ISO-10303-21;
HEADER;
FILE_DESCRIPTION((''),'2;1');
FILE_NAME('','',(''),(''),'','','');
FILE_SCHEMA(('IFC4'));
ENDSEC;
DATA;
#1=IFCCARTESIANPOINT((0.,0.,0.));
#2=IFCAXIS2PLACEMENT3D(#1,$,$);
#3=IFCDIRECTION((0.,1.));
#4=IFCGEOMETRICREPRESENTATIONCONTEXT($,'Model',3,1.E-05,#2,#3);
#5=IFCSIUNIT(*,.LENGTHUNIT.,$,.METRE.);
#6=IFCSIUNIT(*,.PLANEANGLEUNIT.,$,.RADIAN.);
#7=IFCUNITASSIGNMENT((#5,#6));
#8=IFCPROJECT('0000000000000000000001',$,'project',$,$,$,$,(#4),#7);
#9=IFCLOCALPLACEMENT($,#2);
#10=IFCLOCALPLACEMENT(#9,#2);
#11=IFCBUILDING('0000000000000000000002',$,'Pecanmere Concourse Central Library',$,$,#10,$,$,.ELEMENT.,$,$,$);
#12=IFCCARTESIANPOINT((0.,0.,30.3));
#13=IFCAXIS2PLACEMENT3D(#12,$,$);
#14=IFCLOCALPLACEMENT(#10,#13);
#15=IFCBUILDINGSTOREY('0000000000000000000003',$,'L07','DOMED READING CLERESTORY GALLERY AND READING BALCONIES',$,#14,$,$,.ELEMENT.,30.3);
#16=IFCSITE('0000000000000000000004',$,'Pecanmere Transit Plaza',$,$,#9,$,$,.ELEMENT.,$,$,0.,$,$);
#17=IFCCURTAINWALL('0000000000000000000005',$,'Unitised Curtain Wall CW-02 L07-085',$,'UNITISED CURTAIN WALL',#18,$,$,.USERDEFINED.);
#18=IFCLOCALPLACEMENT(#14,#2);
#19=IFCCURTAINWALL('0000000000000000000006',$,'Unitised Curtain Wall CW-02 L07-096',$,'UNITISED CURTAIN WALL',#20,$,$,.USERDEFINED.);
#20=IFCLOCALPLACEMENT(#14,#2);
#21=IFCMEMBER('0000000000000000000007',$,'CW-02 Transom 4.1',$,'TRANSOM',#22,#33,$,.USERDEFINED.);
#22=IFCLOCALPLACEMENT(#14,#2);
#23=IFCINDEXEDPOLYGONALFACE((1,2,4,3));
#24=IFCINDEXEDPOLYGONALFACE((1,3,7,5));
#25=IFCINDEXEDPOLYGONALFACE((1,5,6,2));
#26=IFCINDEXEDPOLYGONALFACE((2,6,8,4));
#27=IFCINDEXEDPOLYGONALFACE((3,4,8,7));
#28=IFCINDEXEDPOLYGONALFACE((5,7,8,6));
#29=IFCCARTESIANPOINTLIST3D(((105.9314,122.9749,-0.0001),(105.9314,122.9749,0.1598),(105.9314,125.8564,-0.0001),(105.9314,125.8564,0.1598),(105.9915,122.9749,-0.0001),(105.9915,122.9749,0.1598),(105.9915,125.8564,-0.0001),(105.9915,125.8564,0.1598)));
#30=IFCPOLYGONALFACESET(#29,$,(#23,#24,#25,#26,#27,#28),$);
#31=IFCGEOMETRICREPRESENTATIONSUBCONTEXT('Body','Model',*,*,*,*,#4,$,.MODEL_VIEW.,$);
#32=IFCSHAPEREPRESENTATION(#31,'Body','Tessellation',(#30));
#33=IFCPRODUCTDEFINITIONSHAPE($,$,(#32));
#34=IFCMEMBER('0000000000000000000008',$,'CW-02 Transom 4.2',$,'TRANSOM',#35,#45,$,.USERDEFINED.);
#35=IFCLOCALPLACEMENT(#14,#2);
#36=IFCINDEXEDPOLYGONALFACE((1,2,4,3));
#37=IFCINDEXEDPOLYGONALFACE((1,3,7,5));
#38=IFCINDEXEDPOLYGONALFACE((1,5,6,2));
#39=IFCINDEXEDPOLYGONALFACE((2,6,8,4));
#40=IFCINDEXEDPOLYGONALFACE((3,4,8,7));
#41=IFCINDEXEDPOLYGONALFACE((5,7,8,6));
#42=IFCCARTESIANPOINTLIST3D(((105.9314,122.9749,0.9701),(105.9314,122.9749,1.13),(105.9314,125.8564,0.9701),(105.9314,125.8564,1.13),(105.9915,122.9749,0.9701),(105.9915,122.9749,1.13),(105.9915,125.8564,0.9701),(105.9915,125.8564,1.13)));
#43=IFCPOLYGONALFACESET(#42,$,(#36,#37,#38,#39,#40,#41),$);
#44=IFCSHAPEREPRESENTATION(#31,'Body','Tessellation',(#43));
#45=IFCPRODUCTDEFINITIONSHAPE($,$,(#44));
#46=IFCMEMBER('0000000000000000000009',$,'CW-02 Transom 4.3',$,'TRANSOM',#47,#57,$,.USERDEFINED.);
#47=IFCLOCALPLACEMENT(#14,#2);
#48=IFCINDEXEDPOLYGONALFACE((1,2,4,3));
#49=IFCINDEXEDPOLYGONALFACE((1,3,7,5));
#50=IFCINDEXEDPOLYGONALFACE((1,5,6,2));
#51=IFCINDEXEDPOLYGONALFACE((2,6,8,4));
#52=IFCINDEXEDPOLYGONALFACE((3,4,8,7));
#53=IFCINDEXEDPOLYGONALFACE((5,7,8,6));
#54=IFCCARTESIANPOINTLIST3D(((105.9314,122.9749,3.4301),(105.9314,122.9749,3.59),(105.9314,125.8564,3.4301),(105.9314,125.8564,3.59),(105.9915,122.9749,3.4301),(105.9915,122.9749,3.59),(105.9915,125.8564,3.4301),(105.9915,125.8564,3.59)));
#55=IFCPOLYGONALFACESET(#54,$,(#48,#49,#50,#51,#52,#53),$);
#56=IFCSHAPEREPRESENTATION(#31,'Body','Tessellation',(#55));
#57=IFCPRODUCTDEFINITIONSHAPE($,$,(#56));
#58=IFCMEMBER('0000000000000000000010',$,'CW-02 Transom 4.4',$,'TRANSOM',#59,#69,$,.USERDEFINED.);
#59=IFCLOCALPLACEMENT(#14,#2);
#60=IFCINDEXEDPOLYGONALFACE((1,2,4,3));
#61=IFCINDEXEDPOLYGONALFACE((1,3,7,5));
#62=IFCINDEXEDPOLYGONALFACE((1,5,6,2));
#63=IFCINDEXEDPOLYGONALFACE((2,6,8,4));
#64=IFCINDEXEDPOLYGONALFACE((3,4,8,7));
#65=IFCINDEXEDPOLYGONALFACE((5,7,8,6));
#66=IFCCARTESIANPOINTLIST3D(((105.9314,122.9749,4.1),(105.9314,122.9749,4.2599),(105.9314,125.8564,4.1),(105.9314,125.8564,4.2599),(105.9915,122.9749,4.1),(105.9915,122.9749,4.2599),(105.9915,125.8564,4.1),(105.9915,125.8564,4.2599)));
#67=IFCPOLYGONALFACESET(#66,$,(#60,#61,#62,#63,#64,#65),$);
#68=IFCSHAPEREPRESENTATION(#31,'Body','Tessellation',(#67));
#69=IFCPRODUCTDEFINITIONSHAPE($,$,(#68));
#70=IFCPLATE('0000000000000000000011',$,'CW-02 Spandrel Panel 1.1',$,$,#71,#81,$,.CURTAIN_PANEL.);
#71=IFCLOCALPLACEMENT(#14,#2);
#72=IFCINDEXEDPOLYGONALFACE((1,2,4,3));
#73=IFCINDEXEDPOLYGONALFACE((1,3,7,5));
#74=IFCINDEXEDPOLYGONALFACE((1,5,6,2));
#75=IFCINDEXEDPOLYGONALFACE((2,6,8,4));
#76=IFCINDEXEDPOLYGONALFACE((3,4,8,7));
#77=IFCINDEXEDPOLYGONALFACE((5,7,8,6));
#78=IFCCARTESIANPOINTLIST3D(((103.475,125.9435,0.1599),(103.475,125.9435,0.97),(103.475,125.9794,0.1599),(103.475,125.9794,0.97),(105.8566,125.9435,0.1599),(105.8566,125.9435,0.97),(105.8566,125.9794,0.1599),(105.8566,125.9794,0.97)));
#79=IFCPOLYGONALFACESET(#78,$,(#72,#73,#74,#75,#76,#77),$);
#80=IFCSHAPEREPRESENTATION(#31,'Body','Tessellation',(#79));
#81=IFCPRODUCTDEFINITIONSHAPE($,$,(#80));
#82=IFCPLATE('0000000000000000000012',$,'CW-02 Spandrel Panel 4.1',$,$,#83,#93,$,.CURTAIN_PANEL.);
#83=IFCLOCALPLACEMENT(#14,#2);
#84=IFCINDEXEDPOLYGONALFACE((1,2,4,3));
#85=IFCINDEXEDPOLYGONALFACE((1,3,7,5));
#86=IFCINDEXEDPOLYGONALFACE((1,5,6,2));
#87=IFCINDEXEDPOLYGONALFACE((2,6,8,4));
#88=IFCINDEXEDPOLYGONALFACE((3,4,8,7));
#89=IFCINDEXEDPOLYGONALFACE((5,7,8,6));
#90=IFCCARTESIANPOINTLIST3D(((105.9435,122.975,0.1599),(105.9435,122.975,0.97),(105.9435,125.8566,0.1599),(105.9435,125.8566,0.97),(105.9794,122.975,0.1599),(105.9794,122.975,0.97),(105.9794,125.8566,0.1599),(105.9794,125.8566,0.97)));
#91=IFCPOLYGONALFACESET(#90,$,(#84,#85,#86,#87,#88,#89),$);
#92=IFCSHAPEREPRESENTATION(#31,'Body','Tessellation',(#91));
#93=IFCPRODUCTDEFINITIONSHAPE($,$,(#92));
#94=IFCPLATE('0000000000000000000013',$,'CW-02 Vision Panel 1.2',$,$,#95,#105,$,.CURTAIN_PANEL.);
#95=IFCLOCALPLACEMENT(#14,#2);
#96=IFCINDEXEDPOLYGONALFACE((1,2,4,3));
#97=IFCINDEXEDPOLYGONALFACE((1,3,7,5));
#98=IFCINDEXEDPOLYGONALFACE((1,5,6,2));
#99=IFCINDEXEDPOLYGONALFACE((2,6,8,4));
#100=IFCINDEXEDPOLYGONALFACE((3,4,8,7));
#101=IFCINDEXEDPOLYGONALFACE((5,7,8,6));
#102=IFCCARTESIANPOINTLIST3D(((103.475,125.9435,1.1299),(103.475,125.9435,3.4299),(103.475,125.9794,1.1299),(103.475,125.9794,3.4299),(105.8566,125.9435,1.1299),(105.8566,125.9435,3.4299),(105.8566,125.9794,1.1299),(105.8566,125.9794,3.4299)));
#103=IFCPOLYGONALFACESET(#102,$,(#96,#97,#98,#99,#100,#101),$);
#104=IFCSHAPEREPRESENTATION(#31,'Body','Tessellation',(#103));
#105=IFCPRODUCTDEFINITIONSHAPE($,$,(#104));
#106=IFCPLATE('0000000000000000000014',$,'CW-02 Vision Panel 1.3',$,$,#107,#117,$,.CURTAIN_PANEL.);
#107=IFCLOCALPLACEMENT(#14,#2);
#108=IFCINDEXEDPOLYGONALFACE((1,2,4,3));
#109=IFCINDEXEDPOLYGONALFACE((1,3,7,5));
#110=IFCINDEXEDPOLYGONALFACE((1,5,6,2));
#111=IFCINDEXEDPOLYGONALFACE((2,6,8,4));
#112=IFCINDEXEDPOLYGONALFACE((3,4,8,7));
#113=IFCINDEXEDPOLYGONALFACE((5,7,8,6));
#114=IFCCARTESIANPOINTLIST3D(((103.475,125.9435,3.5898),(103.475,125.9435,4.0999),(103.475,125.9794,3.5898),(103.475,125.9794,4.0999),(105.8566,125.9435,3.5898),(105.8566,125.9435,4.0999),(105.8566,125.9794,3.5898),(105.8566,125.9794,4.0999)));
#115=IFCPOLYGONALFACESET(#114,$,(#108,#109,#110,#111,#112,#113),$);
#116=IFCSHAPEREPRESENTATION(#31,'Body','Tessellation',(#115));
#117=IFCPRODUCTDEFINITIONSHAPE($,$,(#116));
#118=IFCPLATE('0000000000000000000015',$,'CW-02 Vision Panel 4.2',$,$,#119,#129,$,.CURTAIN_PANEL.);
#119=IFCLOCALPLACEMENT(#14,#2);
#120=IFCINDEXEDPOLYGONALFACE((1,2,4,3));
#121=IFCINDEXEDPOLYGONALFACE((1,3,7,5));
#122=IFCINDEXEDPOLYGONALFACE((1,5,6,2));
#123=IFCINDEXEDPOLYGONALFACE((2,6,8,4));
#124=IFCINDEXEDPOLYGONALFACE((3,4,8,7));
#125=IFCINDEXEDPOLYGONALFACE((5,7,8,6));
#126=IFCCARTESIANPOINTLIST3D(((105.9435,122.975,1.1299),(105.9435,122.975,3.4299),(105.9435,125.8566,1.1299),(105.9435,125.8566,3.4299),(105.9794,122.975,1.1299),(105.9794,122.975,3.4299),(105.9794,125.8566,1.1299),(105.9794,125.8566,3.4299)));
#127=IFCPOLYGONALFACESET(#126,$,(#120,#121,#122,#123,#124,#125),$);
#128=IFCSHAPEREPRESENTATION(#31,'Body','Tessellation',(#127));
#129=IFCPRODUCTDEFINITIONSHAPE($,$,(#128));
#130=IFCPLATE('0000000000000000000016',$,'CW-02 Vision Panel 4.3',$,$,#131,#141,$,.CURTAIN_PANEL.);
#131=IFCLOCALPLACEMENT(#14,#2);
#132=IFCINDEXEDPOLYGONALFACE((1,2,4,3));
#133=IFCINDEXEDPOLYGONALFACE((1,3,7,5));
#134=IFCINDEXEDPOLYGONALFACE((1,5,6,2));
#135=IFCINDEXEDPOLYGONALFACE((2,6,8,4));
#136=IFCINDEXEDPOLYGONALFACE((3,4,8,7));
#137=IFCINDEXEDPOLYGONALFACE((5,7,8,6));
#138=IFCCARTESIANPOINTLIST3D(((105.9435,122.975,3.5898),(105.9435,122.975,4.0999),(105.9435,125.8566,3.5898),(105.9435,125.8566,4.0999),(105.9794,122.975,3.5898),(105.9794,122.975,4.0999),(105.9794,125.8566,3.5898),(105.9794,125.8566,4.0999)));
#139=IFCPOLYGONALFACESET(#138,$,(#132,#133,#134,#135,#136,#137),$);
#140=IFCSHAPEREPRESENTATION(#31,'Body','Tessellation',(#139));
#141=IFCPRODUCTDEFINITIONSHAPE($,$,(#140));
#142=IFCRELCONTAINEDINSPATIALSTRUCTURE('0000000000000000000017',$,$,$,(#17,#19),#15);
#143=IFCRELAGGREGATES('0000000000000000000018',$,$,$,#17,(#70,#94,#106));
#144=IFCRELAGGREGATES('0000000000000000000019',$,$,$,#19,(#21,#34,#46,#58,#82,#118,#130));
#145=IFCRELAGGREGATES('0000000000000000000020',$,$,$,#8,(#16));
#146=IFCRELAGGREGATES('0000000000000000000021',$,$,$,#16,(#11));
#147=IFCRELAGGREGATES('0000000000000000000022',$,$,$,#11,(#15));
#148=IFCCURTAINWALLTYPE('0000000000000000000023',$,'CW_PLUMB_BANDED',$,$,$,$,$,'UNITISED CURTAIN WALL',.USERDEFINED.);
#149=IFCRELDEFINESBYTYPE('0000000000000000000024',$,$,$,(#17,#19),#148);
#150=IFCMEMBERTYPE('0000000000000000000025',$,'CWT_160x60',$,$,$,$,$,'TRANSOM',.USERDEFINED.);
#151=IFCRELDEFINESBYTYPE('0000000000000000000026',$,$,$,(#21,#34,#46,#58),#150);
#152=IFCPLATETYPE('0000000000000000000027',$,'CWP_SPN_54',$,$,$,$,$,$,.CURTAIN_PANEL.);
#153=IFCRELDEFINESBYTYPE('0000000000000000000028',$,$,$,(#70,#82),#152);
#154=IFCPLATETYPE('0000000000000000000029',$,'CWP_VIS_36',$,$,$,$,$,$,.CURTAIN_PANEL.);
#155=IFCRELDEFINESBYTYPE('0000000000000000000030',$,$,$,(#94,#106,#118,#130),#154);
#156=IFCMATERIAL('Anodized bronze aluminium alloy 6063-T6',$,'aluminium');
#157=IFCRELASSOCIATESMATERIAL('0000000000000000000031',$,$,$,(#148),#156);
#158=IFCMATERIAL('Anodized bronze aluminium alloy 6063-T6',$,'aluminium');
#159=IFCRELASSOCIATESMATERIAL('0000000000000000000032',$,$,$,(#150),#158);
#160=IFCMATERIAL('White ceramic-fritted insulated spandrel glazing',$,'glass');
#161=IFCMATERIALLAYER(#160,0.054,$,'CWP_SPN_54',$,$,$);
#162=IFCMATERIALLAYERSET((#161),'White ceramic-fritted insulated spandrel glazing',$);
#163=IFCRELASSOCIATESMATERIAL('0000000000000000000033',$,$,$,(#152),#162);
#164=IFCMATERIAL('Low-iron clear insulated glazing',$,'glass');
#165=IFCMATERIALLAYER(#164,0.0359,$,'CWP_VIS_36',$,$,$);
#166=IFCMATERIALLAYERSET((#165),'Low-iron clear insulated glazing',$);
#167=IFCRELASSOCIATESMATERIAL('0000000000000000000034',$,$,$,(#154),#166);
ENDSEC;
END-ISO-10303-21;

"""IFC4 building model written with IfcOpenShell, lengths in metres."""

from ifc_helpers import new_model, si_unit, direction, frame, origin, origin_2d, place, context, subcontext, project, spatial, rectangle, extrude, material, layer, layer_set, material_profile, profile_set, type_object, element, aggregate, save


model = new_model("IFC4")

# Units and contexts
model_context = context("Model", 3, precision=1e-05, world=origin(), true_north=direction((0.0, 1.0)))
body_context = subcontext(model_context, "Body", "Model", "MODEL_VIEW")
ifc_project = project(units=[si_unit("LENGTHUNIT", "METRE"), si_unit("PLANEANGLEUNIT", "RADIAN")], contexts=[model_context])

# Site, building, storey
site_placement = place(None, origin())
site = spatial("IfcSite", under=ifc_project, at=site_placement, Name="Pecanmere Transit Plaza", CompositionType="ELEMENT", RefElevation=0.0)
building_placement = place(site_placement, origin())
building = spatial("IfcBuilding", under=site, at=building_placement, Name="Pecanmere Concourse Central Library", CompositionType="ELEMENT")
storey_placement = place(building_placement, frame((0.0, 0.0, 30.3)))
storey = spatial("IfcBuildingStorey", under=building, at=storey_placement, Name="L07", Description="DOMED READING CLERESTORY GALLERY AND READING BALCONIES", CompositionType="ELEMENT", Elevation=30.3)

# Curtain walls
ifc_material_1 = material(Name="Anodized bronze aluminium alloy 6063-T6", Category="aluminium")
curtain_wall_type = type_object("IfcCurtainWallType", Name="CW_PLUMB_BANDED", ElementType="UNITISED CURTAIN WALL", PredefinedType="USERDEFINED", material=ifc_material_1)
curtain_wall_1_placement = place(storey_placement, origin())
curtain_wall_1 = element("IfcCurtainWall", 1, at=curtain_wall_1_placement, inside=storey, type_object=curtain_wall_type, Name="Unitised Curtain Wall CW-02 L07-085", ObjectType="UNITISED CURTAIN WALL", PredefinedType="USERDEFINED")
curtain_wall_2_placement = place(storey_placement, origin())
curtain_wall_2 = element("IfcCurtainWall", 2, at=curtain_wall_2_placement, inside=storey, type_object=curtain_wall_type, Name="Unitised Curtain Wall CW-02 L07-096", ObjectType="UNITISED CURTAIN WALL", PredefinedType="USERDEFINED")

# Members
ifc_material_2 = material(Name="Anodized bronze aluminium alloy 6063-T6", Category="aluminium")
ifc_material_profile_1 = material_profile(ifc_material_2, rectangle(XDim=0.0601, YDim=0.1599, at=origin_2d()), Name="AL 60x160")
ifc_profile_set_1 = profile_set([ifc_material_profile_1], Name="Anodized bronze aluminium alloy 6063-T6")
member_type_1 = type_object("IfcMemberType", Name="CWT_160x60", ElementType="TRANSOM", PredefinedType="USERDEFINED", material=ifc_profile_set_1)
member_1_placement = place(storey_placement, frame((105.9614, 122.9749, 0.0798), z_axis=(0.0, 1.0, 0.0), x_axis=(-1.0, 0.0, 0.0)))
member_1 = element("IfcMember", 3, at=member_1_placement, type_object=member_type_1, Name="CW-02 Transom 4.1", ObjectType="TRANSOM", PredefinedType="USERDEFINED", context=body_context, shape_type="SweptSolid", body=[
    extrude(rectangle(XDim=0.0601, YDim=0.1599, at=origin_2d()), origin(), (0.0, 0.0, 1.0), 2.8816),
])
member_2_placement = place(storey_placement, frame((105.9614, 122.9749, 1.05), z_axis=(0.0, 1.0, 0.0), x_axis=(-1.0, 0.0, 0.0)))
member_2 = element("IfcMember", 4, at=member_2_placement, type_object=member_type_1, Name="CW-02 Transom 4.2", ObjectType="TRANSOM", PredefinedType="USERDEFINED", context=body_context, shape_type="SweptSolid", body=[
    extrude(rectangle(XDim=0.0601, YDim=0.1599, at=origin_2d()), origin(), (0.0, 0.0, 1.0), 2.8816),
])
member_3_placement = place(storey_placement, frame((105.9614, 122.9749, 3.51), z_axis=(0.0, 1.0, 0.0), x_axis=(-1.0, 0.0, 0.0)))
member_3 = element("IfcMember", 5, at=member_3_placement, type_object=member_type_1, Name="CW-02 Transom 4.3", ObjectType="TRANSOM", PredefinedType="USERDEFINED", context=body_context, shape_type="SweptSolid", body=[
    extrude(rectangle(XDim=0.0601, YDim=0.1599, at=origin_2d()), origin(), (0.0, 0.0, 1.0), 2.8816),
])
member_4_placement = place(storey_placement, frame((105.9614, 122.9749, 4.1799), z_axis=(0.0, 1.0, 0.0), x_axis=(-1.0, 0.0, 0.0)))
member_4 = element("IfcMember", 6, at=member_4_placement, type_object=member_type_1, Name="CW-02 Transom 4.4", ObjectType="TRANSOM", PredefinedType="USERDEFINED", context=body_context, shape_type="SweptSolid", body=[
    extrude(rectangle(XDim=0.0601, YDim=0.1599, at=origin_2d()), origin(), (0.0, 0.0, 1.0), 2.8816),
])

# Plates
ifc_material_3 = material(Name="White ceramic-fritted insulated spandrel glazing", Category="glass")
ifc_layer_1 = layer(ifc_material_3, 0.054, Name="CWP_SPN_54")
ifc_layer_set_1 = layer_set([ifc_layer_1], Name="White ceramic-fritted insulated spandrel glazing")
plate_type_1 = type_object("IfcPlateType", Name="CWP_SPN_54", PredefinedType="CURTAIN_PANEL", material=ifc_layer_set_1)
plate_1_placement = place(storey_placement, frame((104.6658, 125.9614, 0.1599), z_axis=(0.0, 0.0, 1.0), x_axis=(-1.0, 0.0, 0.0)))
plate_1 = element("IfcPlate", 7, at=plate_1_placement, type_object=plate_type_1, Name="CW-02 Spandrel Panel 1.1", PredefinedType="CURTAIN_PANEL", context=body_context, shape_type="SweptSolid", body=[
    extrude(rectangle(XDim=2.3816, YDim=0.0359, at=origin_2d()), origin(), (0.0, 0.0, 1.0), 0.8101),
])
plate_2_placement = place(storey_placement, frame((105.9614, 124.4158, 0.1599), z_axis=(0.0, 0.0, 1.0), x_axis=(0.0, 1.0, 0.0)))
plate_2 = element("IfcPlate", 8, at=plate_2_placement, type_object=plate_type_1, Name="CW-02 Spandrel Panel 4.1", PredefinedType="CURTAIN_PANEL", context=body_context, shape_type="SweptSolid", body=[
    extrude(rectangle(XDim=2.8816, YDim=0.0359, at=origin_2d()), origin(), (0.0, 0.0, 1.0), 0.8101),
])
ifc_material_4 = material(Name="Low-iron clear insulated glazing", Category="glass")
ifc_layer_2 = layer(ifc_material_4, 0.0359, Name="CWP_VIS_36")
ifc_layer_set_2 = layer_set([ifc_layer_2], Name="Low-iron clear insulated glazing")
plate_type_2 = type_object("IfcPlateType", Name="CWP_VIS_36", PredefinedType="CURTAIN_PANEL", material=ifc_layer_set_2)
plate_3_placement = place(storey_placement, frame((104.6658, 125.9614, 1.1299), z_axis=(0.0, 0.0, 1.0), x_axis=(-1.0, 0.0, 0.0)))
plate_3 = element("IfcPlate", 9, at=plate_3_placement, type_object=plate_type_2, Name="CW-02 Vision Panel 1.2", PredefinedType="CURTAIN_PANEL", context=body_context, shape_type="SweptSolid", body=[
    extrude(rectangle(XDim=2.3816, YDim=0.0359, at=origin_2d()), origin(), (0.0, 0.0, 1.0), 2.3),
])
plate_4_placement = place(storey_placement, frame((104.6658, 125.9614, 3.5898), z_axis=(0.0, 0.0, 1.0), x_axis=(-1.0, 0.0, 0.0)))
plate_4 = element("IfcPlate", 10, at=plate_4_placement, type_object=plate_type_2, Name="CW-02 Vision Panel 1.3", PredefinedType="CURTAIN_PANEL", context=body_context, shape_type="SweptSolid", body=[
    extrude(rectangle(XDim=2.3816, YDim=0.0359, at=origin_2d()), origin(), (0.0, 0.0, 1.0), 0.51),
])
aggregate(curtain_wall_1, [plate_1, plate_3, plate_4])
plate_5_placement = place(storey_placement, frame((105.9614, 124.4158, 1.1299), z_axis=(0.0, 0.0, 1.0), x_axis=(0.0, 1.0, 0.0)))
plate_5 = element("IfcPlate", 11, at=plate_5_placement, type_object=plate_type_2, Name="CW-02 Vision Panel 4.2", PredefinedType="CURTAIN_PANEL", context=body_context, shape_type="SweptSolid", body=[
    extrude(rectangle(XDim=2.8816, YDim=0.0359, at=origin_2d()), origin(), (0.0, 0.0, 1.0), 2.3),
])
plate_6_placement = place(storey_placement, frame((105.9614, 124.4158, 3.5898), z_axis=(0.0, 0.0, 1.0), x_axis=(0.0, 1.0, 0.0)))
plate_6 = element("IfcPlate", 12, at=plate_6_placement, type_object=plate_type_2, Name="CW-02 Vision Panel 4.3", PredefinedType="CURTAIN_PANEL", context=body_context, shape_type="SweptSolid", body=[
    extrude(rectangle(XDim=2.8816, YDim=0.0359, at=origin_2d()), origin(), (0.0, 0.0, 1.0), 0.51),
])
aggregate(curtain_wall_2, [member_1, member_2, member_3, member_4, plate_2, plate_5, plate_6])

save(model, "model.ifc")
